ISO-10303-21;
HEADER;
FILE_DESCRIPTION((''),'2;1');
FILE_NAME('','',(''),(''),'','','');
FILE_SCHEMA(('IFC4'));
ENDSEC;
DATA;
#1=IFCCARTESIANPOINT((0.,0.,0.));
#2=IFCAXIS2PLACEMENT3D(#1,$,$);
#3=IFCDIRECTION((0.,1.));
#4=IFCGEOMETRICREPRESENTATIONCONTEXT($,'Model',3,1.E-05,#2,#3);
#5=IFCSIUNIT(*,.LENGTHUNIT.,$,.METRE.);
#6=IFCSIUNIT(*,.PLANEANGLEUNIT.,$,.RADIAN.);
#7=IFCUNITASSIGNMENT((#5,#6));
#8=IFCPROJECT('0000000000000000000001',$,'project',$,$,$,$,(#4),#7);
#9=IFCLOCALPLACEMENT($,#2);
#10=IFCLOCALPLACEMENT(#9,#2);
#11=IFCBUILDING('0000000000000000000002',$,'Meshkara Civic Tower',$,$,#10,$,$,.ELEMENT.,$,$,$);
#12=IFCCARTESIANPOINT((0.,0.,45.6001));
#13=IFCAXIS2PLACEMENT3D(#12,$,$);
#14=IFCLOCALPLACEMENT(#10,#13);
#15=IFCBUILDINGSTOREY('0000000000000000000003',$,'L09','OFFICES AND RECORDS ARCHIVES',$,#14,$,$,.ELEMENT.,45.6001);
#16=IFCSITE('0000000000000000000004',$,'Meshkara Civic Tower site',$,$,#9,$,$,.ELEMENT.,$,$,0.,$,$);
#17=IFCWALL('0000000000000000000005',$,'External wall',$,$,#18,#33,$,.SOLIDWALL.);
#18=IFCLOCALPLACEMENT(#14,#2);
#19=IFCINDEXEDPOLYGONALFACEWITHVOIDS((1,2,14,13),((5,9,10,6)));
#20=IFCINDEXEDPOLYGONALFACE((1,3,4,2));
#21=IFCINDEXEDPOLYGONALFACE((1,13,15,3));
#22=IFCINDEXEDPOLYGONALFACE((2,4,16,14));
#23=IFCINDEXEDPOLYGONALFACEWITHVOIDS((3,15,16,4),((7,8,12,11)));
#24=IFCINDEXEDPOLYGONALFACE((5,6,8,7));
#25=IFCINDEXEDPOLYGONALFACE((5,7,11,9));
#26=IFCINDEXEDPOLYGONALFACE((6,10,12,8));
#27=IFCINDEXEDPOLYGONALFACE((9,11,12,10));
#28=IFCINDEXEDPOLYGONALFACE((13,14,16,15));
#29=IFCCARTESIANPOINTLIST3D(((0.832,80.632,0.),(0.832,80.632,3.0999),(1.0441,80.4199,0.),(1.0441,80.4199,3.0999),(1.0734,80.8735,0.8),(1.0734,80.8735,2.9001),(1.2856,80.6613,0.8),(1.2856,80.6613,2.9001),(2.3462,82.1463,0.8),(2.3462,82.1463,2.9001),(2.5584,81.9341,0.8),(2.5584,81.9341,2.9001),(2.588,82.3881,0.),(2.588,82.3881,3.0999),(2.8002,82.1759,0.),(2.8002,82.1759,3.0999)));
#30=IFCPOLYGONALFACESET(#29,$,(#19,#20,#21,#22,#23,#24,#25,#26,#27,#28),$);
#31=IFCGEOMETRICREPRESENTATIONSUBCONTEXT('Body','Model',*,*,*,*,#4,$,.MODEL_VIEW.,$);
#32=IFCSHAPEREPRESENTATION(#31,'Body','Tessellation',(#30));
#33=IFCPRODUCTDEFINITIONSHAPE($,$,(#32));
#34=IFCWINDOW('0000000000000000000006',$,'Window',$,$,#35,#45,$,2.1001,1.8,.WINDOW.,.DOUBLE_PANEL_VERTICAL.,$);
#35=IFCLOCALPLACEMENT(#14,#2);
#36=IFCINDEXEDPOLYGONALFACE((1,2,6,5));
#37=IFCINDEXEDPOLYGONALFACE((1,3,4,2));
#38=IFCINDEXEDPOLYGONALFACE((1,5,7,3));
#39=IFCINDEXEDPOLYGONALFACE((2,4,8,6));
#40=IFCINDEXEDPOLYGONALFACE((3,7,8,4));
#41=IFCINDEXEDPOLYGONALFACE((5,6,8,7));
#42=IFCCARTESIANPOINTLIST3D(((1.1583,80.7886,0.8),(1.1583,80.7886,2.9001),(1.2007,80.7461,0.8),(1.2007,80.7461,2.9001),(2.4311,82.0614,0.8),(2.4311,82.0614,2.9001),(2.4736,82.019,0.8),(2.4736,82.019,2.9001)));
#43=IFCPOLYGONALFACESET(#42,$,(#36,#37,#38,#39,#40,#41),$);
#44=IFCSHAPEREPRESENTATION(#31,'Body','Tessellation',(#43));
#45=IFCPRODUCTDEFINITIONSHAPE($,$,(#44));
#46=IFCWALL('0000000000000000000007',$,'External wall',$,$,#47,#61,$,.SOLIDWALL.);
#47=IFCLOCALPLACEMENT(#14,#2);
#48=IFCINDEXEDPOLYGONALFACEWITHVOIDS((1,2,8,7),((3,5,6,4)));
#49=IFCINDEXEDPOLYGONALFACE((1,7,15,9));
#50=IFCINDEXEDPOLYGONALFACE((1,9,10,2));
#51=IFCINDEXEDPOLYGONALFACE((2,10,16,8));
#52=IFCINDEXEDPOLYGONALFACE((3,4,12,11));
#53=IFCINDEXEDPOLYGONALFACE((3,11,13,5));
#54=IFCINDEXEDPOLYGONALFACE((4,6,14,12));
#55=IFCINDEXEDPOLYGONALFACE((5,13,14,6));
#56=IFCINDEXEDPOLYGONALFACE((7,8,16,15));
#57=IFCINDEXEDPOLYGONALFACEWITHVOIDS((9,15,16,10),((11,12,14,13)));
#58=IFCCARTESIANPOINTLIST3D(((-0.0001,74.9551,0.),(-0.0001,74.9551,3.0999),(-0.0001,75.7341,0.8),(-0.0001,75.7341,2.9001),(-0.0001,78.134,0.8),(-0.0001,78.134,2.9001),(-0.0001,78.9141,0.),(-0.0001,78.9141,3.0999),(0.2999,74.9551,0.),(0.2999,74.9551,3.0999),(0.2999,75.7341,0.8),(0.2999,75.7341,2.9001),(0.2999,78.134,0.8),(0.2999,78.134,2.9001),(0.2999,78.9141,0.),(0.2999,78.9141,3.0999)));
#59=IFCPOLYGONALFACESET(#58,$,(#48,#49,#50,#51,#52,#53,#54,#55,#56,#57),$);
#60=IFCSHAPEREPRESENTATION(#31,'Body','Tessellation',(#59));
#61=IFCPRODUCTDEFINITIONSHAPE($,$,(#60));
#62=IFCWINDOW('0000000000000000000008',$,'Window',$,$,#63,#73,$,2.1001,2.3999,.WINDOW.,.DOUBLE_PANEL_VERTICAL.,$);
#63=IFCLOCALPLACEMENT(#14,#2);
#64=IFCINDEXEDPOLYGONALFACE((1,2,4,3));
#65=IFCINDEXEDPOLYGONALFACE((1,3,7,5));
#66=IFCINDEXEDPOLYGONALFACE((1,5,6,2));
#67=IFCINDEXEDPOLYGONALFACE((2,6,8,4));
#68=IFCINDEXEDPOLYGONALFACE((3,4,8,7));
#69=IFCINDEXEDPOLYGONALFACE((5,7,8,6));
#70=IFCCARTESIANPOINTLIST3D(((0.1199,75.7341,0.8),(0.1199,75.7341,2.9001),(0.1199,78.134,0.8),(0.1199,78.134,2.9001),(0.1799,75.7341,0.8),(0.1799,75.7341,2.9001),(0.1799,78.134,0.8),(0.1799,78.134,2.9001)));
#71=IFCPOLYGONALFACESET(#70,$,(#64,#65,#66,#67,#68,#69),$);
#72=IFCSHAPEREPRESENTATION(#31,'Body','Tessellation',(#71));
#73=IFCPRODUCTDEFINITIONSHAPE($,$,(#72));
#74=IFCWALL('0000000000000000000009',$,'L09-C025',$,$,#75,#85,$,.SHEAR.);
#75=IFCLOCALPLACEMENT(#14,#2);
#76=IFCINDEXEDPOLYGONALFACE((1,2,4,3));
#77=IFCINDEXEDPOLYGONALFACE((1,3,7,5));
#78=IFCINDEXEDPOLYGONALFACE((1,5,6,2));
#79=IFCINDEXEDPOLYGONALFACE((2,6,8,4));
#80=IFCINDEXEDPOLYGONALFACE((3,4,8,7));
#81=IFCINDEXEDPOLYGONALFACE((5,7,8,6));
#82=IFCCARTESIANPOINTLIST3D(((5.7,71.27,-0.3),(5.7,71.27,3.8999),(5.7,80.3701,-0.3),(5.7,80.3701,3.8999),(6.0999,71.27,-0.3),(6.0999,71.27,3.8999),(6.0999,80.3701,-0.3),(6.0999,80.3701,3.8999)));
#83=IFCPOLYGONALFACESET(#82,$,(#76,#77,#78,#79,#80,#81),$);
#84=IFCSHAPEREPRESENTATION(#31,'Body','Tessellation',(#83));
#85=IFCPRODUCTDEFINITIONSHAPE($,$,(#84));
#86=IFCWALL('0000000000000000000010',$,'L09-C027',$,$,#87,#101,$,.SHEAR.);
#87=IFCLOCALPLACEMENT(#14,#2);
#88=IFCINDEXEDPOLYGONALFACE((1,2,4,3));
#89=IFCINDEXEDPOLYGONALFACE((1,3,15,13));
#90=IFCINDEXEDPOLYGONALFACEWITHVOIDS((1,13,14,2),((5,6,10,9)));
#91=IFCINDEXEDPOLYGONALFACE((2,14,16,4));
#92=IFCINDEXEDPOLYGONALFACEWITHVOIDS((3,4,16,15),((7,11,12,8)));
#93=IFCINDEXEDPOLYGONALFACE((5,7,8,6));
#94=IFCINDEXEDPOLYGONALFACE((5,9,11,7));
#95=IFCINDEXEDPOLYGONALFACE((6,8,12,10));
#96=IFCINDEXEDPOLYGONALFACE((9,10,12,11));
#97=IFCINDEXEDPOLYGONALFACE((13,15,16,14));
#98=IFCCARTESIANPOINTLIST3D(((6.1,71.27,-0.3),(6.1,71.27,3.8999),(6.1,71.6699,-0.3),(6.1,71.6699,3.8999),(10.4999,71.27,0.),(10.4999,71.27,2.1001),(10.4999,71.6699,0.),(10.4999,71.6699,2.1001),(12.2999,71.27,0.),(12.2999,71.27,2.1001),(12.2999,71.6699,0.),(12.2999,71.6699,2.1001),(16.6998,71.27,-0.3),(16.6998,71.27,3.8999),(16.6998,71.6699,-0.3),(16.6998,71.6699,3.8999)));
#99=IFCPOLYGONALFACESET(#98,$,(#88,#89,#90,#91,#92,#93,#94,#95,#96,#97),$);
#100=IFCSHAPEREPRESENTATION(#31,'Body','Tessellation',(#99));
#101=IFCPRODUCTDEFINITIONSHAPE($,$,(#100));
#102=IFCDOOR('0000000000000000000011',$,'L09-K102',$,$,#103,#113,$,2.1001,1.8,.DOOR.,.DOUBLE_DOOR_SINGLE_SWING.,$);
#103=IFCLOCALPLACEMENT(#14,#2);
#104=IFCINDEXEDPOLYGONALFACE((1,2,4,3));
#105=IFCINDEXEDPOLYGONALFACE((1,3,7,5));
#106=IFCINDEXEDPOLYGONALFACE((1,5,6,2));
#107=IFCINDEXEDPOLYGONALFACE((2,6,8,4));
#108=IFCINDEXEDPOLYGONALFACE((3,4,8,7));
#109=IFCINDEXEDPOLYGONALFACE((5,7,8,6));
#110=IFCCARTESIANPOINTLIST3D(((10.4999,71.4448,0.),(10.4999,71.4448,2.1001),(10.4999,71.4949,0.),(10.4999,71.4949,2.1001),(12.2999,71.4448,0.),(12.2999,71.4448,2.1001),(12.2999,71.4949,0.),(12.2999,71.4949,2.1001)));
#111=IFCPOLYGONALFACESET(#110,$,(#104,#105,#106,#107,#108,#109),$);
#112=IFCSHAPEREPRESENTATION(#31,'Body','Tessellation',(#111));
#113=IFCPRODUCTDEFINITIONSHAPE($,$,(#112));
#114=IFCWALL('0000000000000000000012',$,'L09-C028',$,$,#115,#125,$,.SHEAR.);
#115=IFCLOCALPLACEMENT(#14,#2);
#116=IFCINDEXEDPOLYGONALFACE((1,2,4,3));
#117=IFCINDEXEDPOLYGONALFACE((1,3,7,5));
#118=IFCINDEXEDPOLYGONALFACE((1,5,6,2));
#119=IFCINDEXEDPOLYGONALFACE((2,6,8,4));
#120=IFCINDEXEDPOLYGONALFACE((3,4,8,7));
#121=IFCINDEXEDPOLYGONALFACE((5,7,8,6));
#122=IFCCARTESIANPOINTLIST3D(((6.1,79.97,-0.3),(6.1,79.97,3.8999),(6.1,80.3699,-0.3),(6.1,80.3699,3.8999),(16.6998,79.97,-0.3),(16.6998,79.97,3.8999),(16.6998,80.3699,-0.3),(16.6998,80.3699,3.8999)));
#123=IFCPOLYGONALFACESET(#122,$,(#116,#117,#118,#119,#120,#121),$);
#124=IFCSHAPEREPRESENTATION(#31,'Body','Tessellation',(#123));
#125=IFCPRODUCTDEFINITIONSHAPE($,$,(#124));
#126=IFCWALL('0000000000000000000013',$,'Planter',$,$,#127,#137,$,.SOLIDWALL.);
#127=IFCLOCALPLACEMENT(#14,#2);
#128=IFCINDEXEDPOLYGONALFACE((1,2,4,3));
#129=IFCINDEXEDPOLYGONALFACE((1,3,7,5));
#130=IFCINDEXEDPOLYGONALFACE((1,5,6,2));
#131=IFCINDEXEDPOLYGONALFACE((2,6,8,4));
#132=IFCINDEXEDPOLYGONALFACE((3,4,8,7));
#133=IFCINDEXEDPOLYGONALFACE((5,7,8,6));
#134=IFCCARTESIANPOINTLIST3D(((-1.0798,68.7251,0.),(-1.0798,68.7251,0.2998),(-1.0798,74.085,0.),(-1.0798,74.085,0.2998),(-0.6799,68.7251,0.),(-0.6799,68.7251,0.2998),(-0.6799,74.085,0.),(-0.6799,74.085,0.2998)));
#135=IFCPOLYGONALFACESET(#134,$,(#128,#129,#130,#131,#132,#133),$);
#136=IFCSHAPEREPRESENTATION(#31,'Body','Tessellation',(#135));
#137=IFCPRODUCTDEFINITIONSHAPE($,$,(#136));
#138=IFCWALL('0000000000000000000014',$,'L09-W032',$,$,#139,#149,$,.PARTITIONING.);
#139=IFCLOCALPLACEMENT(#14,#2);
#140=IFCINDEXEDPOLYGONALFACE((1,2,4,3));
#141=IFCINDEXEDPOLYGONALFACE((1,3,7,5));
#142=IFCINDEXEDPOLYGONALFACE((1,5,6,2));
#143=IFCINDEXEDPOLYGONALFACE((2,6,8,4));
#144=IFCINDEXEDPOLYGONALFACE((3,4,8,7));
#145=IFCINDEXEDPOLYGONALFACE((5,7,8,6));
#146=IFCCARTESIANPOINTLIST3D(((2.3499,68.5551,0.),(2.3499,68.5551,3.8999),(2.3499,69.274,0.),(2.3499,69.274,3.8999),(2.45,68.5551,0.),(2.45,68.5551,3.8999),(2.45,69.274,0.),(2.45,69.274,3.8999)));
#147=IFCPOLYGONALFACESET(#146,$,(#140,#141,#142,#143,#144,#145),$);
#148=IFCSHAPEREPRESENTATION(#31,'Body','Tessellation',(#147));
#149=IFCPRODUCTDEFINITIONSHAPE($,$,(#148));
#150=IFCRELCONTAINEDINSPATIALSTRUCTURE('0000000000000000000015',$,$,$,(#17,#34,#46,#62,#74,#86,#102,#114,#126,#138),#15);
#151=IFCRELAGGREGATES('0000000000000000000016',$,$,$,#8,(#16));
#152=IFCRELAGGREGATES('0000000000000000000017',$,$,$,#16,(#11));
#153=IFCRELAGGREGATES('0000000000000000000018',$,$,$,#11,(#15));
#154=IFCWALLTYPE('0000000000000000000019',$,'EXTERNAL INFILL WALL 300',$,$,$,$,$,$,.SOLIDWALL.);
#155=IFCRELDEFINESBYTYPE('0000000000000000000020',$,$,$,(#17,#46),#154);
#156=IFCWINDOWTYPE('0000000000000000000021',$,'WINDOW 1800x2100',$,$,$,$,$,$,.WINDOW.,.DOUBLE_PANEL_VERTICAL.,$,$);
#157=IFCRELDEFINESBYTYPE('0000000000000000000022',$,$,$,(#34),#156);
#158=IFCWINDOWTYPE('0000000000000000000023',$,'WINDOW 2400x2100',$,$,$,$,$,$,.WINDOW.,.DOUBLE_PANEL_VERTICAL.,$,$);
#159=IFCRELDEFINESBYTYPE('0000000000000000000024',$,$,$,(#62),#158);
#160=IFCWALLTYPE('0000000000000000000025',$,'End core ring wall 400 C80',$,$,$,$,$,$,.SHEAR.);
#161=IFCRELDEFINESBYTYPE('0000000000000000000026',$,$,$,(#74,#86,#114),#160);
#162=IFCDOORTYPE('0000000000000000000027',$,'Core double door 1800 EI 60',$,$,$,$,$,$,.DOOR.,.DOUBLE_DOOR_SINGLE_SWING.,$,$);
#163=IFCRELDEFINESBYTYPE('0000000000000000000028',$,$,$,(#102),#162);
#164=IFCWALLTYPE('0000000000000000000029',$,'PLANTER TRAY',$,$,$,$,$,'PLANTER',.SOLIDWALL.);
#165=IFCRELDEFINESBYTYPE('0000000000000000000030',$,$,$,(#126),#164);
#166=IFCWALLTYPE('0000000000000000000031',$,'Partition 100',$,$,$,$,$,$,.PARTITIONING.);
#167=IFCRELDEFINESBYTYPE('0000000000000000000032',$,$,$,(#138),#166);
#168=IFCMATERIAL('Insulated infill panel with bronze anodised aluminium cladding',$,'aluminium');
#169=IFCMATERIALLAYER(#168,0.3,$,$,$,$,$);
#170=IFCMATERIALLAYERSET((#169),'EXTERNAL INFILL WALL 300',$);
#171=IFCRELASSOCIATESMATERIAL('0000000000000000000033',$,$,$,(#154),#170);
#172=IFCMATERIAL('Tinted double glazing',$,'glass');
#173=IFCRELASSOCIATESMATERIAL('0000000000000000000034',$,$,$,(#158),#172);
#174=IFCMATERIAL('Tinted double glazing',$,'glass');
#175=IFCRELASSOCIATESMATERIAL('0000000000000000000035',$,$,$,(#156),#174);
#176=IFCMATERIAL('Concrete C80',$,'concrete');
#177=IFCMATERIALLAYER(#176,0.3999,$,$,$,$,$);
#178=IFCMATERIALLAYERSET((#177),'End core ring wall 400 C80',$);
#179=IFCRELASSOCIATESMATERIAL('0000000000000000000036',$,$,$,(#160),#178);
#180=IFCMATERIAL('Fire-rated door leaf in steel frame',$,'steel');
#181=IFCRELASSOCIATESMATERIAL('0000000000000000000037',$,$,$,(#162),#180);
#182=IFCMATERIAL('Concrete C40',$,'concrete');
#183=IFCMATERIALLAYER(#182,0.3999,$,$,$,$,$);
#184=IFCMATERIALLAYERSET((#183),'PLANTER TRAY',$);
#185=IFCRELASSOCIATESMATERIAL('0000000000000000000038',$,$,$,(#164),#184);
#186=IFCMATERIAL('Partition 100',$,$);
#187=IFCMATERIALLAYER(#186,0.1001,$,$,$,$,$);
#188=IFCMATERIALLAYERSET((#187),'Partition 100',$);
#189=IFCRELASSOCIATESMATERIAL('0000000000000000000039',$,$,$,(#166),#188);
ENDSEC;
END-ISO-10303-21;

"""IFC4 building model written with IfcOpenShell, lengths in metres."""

from ifc_helpers import new_model, si_unit, direction, frame, frame_2d, origin, place, context, subcontext, project, spatial, rectangle, extrude, material, layer, layer_set, type_object, element, fill, save


model = new_model("IFC4")

# Units and contexts
model_context = context("Model", 3, precision=1e-05, world=origin(), true_north=direction((0.0, 1.0)))
body_context = subcontext(model_context, "Body", "Model", "MODEL_VIEW")
ifc_project = project(units=[si_unit("LENGTHUNIT", "METRE"), si_unit("PLANEANGLEUNIT", "RADIAN")], contexts=[model_context])

# Site, building, storey
site_placement = place(None, origin())
site = spatial("IfcSite", under=ifc_project, at=site_placement, Name="Meshkara Civic Tower site", CompositionType="ELEMENT", RefElevation=0.0)
building_placement = place(site_placement, origin())
building = spatial("IfcBuilding", under=site, at=building_placement, Name="Meshkara Civic Tower", CompositionType="ELEMENT")
storey_placement = place(building_placement, frame((0.0, 0.0, 45.6001)))
storey = spatial("IfcBuildingStorey", under=building, at=storey_placement, Name="L09", Description="OFFICES AND RECORDS ARCHIVES", CompositionType="ELEMENT", Elevation=45.6001)

# Walls, openings, windows
ifc_material_1 = material(Name="Insulated infill panel with bronze anodised aluminium cladding", Category="aluminium")
ifc_layer_1 = layer(ifc_material_1, 0.3)
ifc_layer_set_1 = layer_set([ifc_layer_1], Name="EXTERNAL INFILL WALL 300")
wall_type_1 = type_object("IfcWallType", Name="EXTERNAL INFILL WALL 300", PredefinedType="SOLIDWALL", material=ifc_layer_set_1)
ifc_material_2 = material(Name="Tinted double glazing", Category="glass")
window_type_1 = type_object("IfcWindowType", Name="WINDOW 2400x2100", PartitioningType="DOUBLE_PANEL_VERTICAL", PredefinedType="WINDOW", material=ifc_material_2)
wall_1_placement = place(storey_placement, frame((2.6941, 82.282, 0.0), z_axis=(0.0, 0.0, 1.0), x_axis=(-0.707107, -0.707107, 0.0)))
wall_1 = element("IfcWall", 1, at=wall_1_placement, inside=storey, type_object=wall_type_1, Name="External wall", PredefinedType="SOLIDWALL", context=body_context, shape_type="SweptSolid", body=[
    extrude(rectangle(XDim=2.4834, YDim=0.3, at=frame_2d((1.2417, 0.0))), origin(), (0.0, 0.0, 1.0), 3.0999),
])
opening_1_placement = place(wall_1_placement, frame((0.342, 0.0, 0.8)))
opening_1 = element("IfcOpeningElement", 2, at=opening_1_placement, cuts=wall_1, PredefinedType="OPENING", context=body_context, shape_type="SweptSolid", body=[
    extrude(rectangle(XDim=1.8, YDim=2.1001, at=frame_2d((0.8999, 1.05))), frame((0.0, 0.1599, 0.0), z_axis=(0.0, -1.0, 0.0), x_axis=(1.0, 0.0, 0.0)), (0.0, 0.0, 1.0), 0.3201),
])
ifc_material_3 = material(Name="Tinted double glazing", Category="glass")
window_type_2 = type_object("IfcWindowType", Name="WINDOW 1800x2100", PartitioningType="DOUBLE_PANEL_VERTICAL", PredefinedType="WINDOW", material=ifc_material_3)
window_1_placement = place(opening_1_placement, origin())
window_1 = element("IfcWindow", 3, at=window_1_placement, inside=storey, type_object=window_type_2, Name="Window", OverallHeight=2.1001, OverallWidth=1.8, PartitioningType="DOUBLE_PANEL_VERTICAL", PredefinedType="WINDOW", context=body_context, shape_type="SweptSolid", body=[
    extrude(rectangle(XDim=1.8, YDim=2.1001, at=frame_2d((0.8999, 1.05))), frame((0.0, 0.03, 0.0), z_axis=(0.0, -1.0, 0.0), x_axis=(1.0, 0.0, 0.0)), (0.0, 0.0, 1.0), 0.0601),
])
fill(opening_1, window_1)
wall_2_placement = place(storey_placement, frame((0.1499, 78.9141, 0.0), z_axis=(0.0, 0.0, 1.0), x_axis=(0.0, -1.0, 0.0)))
wall_2 = element("IfcWall", 4, at=wall_2_placement, inside=storey, type_object=wall_type_1, Name="External wall", PredefinedType="SOLIDWALL", context=body_context, shape_type="SweptSolid", body=[
    extrude(rectangle(XDim=3.959, YDim=0.3, at=frame_2d((1.9795, 0.0))), origin(), (0.0, 0.0, 1.0), 3.0999),
])
opening_2_placement = place(wall_2_placement, frame((0.78, 0.0, 0.8)))
opening_2 = element("IfcOpeningElement", 5, at=opening_2_placement, cuts=wall_2, PredefinedType="OPENING", context=body_context, shape_type="SweptSolid", body=[
    extrude(rectangle(XDim=2.3999, YDim=2.1001, at=frame_2d((1.2, 1.05))), frame((0.0, 0.1599, 0.0), z_axis=(0.0, -1.0, 0.0), x_axis=(1.0, 0.0, 0.0)), (0.0, 0.0, 1.0), 0.3201),
])
window_2_placement = place(opening_2_placement, origin())
window_2 = element("IfcWindow", 6, at=window_2_placement, inside=storey, type_object=window_type_1, Name="Window", OverallHeight=2.1001, OverallWidth=2.3999, PartitioningType="DOUBLE_PANEL_VERTICAL", PredefinedType="WINDOW", context=body_context, shape_type="SweptSolid", body=[
    extrude(rectangle(XDim=2.3999, YDim=2.1001, at=frame_2d((1.2, 1.05))), frame((0.0, 0.03, 0.0), z_axis=(0.0, -1.0, 0.0), x_axis=(1.0, 0.0, 0.0)), (0.0, 0.0, 1.0), 0.0601),
])
fill(opening_2, window_2)

# Wall
ifc_material_4 = material(Name="Concrete C80", Category="concrete")
ifc_layer_2 = layer(ifc_material_4, 0.3999)
ifc_layer_set_2 = layer_set([ifc_layer_2], Name="End core ring wall 400 C80")
wall_type_2 = type_object("IfcWallType", Name="End core ring wall 400 C80", PredefinedType="SHEAR", material=ifc_layer_set_2)
wall_3_placement = place(storey_placement, frame((5.8999, 71.27, -0.3), z_axis=(0.0, 0.0, 1.0), x_axis=(0.0, 1.0, 0.0)))
element("IfcWall", 7, at=wall_3_placement, inside=storey, type_object=wall_type_2, Name="L09-C025", PredefinedType="SHEAR", context=body_context, shape_type="SweptSolid", body=[
    extrude(rectangle(XDim=9.1001, YDim=0.3999, at=frame_2d((4.55, 0.0))), origin(), (0.0, 0.0, 1.0), 4.2),
])

# Wall, opening, door
wall_4_placement = place(storey_placement, frame((6.1001, 71.47, -0.3), z_axis=(0.0, 0.0, 1.0), x_axis=(1.0, 0.0, 0.0)))
wall_4 = element("IfcWall", 8, at=wall_4_placement, inside=storey, type_object=wall_type_2, Name="L09-C027", PredefinedType="SHEAR", context=body_context, shape_type="SweptSolid", body=[
    extrude(rectangle(XDim=10.5999, YDim=0.3999, at=frame_2d((5.2998, 0.0))), origin(), (0.0, 0.0, 1.0), 4.2),
])
opening_3_placement = place(wall_4_placement, frame((4.3999, 0.0, 0.3)))
opening_3 = element("IfcOpeningElement", 9, at=opening_3_placement, cuts=wall_4, PredefinedType="OPENING", context=body_context, shape_type="SweptSolid", body=[
    extrude(rectangle(XDim=1.8, YDim=2.1001, at=frame_2d((0.8999, 1.05))), frame((0.0, 0.21, 0.0), z_axis=(0.0, -1.0, 0.0), x_axis=(1.0, 0.0, 0.0)), (0.0, 0.0, 1.0), 0.4199),
])
ifc_material_5 = material(Name="Fire-rated door leaf in steel frame", Category="steel")
door_type_1 = type_object("IfcDoorType", Name="Core double door 1800 EI 60", OperationType="DOUBLE_DOOR_SINGLE_SWING", PredefinedType="DOOR", material=ifc_material_5)
door_1_placement = place(opening_3_placement, origin())
door_1 = element("IfcDoor", 10, at=door_1_placement, inside=storey, type_object=door_type_1, Name="L09-K102", OperationType="DOUBLE_DOOR_SINGLE_SWING", OverallHeight=2.1001, OverallWidth=1.8, PredefinedType="DOOR", context=body_context, shape_type="SweptSolid", body=[
    extrude(rectangle(XDim=1.8, YDim=2.1001, at=frame_2d((0.8999, 1.05))), frame((0.0, 0.0249, 0.0), z_axis=(0.0, -1.0, 0.0), x_axis=(1.0, 0.0, 0.0)), (0.0, 0.0, 1.0), 0.05),
])
fill(opening_3, door_1)

# Wall
wall_5_placement = place(storey_placement, frame((6.1001, 80.1699, -0.3), z_axis=(0.0, 0.0, 1.0), x_axis=(1.0, 0.0, 0.0)))
element("IfcWall", 11, at=wall_5_placement, inside=storey, type_object=wall_type_2, Name="L09-C028", PredefinedType="SHEAR", context=body_context, shape_type="SweptSolid", body=[
    extrude(rectangle(XDim=10.5999, YDim=0.3999, at=frame_2d((5.2998, 0.0))), origin(), (0.0, 0.0, 1.0), 4.2),
])

# Walls
ifc_material_6 = material(Name="Concrete C40", Category="concrete")
ifc_layer_3 = layer(ifc_material_6, 0.3999)
ifc_layer_set_3 = layer_set([ifc_layer_3], Name="PLANTER TRAY")
wall_type_3 = type_object("IfcWallType", Name="PLANTER TRAY", ElementType="PLANTER", PredefinedType="SOLIDWALL", material=ifc_layer_set_3)
wall_6_placement = place(storey_placement, frame((-0.8799, 74.085, 0.0), z_axis=(0.0, 0.0, 1.0), x_axis=(0.0, -1.0, 0.0)))
element("IfcWall", 12, at=wall_6_placement, inside=storey, type_object=wall_type_3, Name="Planter", PredefinedType="SOLIDWALL", context=body_context, shape_type="SweptSolid", body=[
    extrude(rectangle(XDim=5.3599, YDim=0.3999, at=frame_2d((2.6799, 0.0))), origin(), (0.0, 0.0, 1.0), 0.2998),
])
ifc_material_7 = material(Name="Partition 100")
ifc_layer_4 = layer(ifc_material_7, 0.1001)
ifc_layer_set_4 = layer_set([ifc_layer_4], Name="Partition 100")
wall_type_4 = type_object("IfcWallType", Name="Partition 100", PredefinedType="PARTITIONING", material=ifc_layer_set_4)
wall_7_placement = place(storey_placement, frame((2.3999, 69.2739, 0.0), z_axis=(0.0, 0.0, 1.0), x_axis=(0.0, -1.0, 0.0)))
element("IfcWall", 13, at=wall_7_placement, inside=storey, type_object=wall_type_4, Name="L09-W032", PredefinedType="PARTITIONING", context=body_context, shape_type="SweptSolid", body=[
    extrude(rectangle(XDim=0.719, YDim=0.1001, at=frame_2d((0.3594, 0.0))), origin(), (0.0, 0.0, 1.0), 3.8999),
])

save(model, "model.ifc")
